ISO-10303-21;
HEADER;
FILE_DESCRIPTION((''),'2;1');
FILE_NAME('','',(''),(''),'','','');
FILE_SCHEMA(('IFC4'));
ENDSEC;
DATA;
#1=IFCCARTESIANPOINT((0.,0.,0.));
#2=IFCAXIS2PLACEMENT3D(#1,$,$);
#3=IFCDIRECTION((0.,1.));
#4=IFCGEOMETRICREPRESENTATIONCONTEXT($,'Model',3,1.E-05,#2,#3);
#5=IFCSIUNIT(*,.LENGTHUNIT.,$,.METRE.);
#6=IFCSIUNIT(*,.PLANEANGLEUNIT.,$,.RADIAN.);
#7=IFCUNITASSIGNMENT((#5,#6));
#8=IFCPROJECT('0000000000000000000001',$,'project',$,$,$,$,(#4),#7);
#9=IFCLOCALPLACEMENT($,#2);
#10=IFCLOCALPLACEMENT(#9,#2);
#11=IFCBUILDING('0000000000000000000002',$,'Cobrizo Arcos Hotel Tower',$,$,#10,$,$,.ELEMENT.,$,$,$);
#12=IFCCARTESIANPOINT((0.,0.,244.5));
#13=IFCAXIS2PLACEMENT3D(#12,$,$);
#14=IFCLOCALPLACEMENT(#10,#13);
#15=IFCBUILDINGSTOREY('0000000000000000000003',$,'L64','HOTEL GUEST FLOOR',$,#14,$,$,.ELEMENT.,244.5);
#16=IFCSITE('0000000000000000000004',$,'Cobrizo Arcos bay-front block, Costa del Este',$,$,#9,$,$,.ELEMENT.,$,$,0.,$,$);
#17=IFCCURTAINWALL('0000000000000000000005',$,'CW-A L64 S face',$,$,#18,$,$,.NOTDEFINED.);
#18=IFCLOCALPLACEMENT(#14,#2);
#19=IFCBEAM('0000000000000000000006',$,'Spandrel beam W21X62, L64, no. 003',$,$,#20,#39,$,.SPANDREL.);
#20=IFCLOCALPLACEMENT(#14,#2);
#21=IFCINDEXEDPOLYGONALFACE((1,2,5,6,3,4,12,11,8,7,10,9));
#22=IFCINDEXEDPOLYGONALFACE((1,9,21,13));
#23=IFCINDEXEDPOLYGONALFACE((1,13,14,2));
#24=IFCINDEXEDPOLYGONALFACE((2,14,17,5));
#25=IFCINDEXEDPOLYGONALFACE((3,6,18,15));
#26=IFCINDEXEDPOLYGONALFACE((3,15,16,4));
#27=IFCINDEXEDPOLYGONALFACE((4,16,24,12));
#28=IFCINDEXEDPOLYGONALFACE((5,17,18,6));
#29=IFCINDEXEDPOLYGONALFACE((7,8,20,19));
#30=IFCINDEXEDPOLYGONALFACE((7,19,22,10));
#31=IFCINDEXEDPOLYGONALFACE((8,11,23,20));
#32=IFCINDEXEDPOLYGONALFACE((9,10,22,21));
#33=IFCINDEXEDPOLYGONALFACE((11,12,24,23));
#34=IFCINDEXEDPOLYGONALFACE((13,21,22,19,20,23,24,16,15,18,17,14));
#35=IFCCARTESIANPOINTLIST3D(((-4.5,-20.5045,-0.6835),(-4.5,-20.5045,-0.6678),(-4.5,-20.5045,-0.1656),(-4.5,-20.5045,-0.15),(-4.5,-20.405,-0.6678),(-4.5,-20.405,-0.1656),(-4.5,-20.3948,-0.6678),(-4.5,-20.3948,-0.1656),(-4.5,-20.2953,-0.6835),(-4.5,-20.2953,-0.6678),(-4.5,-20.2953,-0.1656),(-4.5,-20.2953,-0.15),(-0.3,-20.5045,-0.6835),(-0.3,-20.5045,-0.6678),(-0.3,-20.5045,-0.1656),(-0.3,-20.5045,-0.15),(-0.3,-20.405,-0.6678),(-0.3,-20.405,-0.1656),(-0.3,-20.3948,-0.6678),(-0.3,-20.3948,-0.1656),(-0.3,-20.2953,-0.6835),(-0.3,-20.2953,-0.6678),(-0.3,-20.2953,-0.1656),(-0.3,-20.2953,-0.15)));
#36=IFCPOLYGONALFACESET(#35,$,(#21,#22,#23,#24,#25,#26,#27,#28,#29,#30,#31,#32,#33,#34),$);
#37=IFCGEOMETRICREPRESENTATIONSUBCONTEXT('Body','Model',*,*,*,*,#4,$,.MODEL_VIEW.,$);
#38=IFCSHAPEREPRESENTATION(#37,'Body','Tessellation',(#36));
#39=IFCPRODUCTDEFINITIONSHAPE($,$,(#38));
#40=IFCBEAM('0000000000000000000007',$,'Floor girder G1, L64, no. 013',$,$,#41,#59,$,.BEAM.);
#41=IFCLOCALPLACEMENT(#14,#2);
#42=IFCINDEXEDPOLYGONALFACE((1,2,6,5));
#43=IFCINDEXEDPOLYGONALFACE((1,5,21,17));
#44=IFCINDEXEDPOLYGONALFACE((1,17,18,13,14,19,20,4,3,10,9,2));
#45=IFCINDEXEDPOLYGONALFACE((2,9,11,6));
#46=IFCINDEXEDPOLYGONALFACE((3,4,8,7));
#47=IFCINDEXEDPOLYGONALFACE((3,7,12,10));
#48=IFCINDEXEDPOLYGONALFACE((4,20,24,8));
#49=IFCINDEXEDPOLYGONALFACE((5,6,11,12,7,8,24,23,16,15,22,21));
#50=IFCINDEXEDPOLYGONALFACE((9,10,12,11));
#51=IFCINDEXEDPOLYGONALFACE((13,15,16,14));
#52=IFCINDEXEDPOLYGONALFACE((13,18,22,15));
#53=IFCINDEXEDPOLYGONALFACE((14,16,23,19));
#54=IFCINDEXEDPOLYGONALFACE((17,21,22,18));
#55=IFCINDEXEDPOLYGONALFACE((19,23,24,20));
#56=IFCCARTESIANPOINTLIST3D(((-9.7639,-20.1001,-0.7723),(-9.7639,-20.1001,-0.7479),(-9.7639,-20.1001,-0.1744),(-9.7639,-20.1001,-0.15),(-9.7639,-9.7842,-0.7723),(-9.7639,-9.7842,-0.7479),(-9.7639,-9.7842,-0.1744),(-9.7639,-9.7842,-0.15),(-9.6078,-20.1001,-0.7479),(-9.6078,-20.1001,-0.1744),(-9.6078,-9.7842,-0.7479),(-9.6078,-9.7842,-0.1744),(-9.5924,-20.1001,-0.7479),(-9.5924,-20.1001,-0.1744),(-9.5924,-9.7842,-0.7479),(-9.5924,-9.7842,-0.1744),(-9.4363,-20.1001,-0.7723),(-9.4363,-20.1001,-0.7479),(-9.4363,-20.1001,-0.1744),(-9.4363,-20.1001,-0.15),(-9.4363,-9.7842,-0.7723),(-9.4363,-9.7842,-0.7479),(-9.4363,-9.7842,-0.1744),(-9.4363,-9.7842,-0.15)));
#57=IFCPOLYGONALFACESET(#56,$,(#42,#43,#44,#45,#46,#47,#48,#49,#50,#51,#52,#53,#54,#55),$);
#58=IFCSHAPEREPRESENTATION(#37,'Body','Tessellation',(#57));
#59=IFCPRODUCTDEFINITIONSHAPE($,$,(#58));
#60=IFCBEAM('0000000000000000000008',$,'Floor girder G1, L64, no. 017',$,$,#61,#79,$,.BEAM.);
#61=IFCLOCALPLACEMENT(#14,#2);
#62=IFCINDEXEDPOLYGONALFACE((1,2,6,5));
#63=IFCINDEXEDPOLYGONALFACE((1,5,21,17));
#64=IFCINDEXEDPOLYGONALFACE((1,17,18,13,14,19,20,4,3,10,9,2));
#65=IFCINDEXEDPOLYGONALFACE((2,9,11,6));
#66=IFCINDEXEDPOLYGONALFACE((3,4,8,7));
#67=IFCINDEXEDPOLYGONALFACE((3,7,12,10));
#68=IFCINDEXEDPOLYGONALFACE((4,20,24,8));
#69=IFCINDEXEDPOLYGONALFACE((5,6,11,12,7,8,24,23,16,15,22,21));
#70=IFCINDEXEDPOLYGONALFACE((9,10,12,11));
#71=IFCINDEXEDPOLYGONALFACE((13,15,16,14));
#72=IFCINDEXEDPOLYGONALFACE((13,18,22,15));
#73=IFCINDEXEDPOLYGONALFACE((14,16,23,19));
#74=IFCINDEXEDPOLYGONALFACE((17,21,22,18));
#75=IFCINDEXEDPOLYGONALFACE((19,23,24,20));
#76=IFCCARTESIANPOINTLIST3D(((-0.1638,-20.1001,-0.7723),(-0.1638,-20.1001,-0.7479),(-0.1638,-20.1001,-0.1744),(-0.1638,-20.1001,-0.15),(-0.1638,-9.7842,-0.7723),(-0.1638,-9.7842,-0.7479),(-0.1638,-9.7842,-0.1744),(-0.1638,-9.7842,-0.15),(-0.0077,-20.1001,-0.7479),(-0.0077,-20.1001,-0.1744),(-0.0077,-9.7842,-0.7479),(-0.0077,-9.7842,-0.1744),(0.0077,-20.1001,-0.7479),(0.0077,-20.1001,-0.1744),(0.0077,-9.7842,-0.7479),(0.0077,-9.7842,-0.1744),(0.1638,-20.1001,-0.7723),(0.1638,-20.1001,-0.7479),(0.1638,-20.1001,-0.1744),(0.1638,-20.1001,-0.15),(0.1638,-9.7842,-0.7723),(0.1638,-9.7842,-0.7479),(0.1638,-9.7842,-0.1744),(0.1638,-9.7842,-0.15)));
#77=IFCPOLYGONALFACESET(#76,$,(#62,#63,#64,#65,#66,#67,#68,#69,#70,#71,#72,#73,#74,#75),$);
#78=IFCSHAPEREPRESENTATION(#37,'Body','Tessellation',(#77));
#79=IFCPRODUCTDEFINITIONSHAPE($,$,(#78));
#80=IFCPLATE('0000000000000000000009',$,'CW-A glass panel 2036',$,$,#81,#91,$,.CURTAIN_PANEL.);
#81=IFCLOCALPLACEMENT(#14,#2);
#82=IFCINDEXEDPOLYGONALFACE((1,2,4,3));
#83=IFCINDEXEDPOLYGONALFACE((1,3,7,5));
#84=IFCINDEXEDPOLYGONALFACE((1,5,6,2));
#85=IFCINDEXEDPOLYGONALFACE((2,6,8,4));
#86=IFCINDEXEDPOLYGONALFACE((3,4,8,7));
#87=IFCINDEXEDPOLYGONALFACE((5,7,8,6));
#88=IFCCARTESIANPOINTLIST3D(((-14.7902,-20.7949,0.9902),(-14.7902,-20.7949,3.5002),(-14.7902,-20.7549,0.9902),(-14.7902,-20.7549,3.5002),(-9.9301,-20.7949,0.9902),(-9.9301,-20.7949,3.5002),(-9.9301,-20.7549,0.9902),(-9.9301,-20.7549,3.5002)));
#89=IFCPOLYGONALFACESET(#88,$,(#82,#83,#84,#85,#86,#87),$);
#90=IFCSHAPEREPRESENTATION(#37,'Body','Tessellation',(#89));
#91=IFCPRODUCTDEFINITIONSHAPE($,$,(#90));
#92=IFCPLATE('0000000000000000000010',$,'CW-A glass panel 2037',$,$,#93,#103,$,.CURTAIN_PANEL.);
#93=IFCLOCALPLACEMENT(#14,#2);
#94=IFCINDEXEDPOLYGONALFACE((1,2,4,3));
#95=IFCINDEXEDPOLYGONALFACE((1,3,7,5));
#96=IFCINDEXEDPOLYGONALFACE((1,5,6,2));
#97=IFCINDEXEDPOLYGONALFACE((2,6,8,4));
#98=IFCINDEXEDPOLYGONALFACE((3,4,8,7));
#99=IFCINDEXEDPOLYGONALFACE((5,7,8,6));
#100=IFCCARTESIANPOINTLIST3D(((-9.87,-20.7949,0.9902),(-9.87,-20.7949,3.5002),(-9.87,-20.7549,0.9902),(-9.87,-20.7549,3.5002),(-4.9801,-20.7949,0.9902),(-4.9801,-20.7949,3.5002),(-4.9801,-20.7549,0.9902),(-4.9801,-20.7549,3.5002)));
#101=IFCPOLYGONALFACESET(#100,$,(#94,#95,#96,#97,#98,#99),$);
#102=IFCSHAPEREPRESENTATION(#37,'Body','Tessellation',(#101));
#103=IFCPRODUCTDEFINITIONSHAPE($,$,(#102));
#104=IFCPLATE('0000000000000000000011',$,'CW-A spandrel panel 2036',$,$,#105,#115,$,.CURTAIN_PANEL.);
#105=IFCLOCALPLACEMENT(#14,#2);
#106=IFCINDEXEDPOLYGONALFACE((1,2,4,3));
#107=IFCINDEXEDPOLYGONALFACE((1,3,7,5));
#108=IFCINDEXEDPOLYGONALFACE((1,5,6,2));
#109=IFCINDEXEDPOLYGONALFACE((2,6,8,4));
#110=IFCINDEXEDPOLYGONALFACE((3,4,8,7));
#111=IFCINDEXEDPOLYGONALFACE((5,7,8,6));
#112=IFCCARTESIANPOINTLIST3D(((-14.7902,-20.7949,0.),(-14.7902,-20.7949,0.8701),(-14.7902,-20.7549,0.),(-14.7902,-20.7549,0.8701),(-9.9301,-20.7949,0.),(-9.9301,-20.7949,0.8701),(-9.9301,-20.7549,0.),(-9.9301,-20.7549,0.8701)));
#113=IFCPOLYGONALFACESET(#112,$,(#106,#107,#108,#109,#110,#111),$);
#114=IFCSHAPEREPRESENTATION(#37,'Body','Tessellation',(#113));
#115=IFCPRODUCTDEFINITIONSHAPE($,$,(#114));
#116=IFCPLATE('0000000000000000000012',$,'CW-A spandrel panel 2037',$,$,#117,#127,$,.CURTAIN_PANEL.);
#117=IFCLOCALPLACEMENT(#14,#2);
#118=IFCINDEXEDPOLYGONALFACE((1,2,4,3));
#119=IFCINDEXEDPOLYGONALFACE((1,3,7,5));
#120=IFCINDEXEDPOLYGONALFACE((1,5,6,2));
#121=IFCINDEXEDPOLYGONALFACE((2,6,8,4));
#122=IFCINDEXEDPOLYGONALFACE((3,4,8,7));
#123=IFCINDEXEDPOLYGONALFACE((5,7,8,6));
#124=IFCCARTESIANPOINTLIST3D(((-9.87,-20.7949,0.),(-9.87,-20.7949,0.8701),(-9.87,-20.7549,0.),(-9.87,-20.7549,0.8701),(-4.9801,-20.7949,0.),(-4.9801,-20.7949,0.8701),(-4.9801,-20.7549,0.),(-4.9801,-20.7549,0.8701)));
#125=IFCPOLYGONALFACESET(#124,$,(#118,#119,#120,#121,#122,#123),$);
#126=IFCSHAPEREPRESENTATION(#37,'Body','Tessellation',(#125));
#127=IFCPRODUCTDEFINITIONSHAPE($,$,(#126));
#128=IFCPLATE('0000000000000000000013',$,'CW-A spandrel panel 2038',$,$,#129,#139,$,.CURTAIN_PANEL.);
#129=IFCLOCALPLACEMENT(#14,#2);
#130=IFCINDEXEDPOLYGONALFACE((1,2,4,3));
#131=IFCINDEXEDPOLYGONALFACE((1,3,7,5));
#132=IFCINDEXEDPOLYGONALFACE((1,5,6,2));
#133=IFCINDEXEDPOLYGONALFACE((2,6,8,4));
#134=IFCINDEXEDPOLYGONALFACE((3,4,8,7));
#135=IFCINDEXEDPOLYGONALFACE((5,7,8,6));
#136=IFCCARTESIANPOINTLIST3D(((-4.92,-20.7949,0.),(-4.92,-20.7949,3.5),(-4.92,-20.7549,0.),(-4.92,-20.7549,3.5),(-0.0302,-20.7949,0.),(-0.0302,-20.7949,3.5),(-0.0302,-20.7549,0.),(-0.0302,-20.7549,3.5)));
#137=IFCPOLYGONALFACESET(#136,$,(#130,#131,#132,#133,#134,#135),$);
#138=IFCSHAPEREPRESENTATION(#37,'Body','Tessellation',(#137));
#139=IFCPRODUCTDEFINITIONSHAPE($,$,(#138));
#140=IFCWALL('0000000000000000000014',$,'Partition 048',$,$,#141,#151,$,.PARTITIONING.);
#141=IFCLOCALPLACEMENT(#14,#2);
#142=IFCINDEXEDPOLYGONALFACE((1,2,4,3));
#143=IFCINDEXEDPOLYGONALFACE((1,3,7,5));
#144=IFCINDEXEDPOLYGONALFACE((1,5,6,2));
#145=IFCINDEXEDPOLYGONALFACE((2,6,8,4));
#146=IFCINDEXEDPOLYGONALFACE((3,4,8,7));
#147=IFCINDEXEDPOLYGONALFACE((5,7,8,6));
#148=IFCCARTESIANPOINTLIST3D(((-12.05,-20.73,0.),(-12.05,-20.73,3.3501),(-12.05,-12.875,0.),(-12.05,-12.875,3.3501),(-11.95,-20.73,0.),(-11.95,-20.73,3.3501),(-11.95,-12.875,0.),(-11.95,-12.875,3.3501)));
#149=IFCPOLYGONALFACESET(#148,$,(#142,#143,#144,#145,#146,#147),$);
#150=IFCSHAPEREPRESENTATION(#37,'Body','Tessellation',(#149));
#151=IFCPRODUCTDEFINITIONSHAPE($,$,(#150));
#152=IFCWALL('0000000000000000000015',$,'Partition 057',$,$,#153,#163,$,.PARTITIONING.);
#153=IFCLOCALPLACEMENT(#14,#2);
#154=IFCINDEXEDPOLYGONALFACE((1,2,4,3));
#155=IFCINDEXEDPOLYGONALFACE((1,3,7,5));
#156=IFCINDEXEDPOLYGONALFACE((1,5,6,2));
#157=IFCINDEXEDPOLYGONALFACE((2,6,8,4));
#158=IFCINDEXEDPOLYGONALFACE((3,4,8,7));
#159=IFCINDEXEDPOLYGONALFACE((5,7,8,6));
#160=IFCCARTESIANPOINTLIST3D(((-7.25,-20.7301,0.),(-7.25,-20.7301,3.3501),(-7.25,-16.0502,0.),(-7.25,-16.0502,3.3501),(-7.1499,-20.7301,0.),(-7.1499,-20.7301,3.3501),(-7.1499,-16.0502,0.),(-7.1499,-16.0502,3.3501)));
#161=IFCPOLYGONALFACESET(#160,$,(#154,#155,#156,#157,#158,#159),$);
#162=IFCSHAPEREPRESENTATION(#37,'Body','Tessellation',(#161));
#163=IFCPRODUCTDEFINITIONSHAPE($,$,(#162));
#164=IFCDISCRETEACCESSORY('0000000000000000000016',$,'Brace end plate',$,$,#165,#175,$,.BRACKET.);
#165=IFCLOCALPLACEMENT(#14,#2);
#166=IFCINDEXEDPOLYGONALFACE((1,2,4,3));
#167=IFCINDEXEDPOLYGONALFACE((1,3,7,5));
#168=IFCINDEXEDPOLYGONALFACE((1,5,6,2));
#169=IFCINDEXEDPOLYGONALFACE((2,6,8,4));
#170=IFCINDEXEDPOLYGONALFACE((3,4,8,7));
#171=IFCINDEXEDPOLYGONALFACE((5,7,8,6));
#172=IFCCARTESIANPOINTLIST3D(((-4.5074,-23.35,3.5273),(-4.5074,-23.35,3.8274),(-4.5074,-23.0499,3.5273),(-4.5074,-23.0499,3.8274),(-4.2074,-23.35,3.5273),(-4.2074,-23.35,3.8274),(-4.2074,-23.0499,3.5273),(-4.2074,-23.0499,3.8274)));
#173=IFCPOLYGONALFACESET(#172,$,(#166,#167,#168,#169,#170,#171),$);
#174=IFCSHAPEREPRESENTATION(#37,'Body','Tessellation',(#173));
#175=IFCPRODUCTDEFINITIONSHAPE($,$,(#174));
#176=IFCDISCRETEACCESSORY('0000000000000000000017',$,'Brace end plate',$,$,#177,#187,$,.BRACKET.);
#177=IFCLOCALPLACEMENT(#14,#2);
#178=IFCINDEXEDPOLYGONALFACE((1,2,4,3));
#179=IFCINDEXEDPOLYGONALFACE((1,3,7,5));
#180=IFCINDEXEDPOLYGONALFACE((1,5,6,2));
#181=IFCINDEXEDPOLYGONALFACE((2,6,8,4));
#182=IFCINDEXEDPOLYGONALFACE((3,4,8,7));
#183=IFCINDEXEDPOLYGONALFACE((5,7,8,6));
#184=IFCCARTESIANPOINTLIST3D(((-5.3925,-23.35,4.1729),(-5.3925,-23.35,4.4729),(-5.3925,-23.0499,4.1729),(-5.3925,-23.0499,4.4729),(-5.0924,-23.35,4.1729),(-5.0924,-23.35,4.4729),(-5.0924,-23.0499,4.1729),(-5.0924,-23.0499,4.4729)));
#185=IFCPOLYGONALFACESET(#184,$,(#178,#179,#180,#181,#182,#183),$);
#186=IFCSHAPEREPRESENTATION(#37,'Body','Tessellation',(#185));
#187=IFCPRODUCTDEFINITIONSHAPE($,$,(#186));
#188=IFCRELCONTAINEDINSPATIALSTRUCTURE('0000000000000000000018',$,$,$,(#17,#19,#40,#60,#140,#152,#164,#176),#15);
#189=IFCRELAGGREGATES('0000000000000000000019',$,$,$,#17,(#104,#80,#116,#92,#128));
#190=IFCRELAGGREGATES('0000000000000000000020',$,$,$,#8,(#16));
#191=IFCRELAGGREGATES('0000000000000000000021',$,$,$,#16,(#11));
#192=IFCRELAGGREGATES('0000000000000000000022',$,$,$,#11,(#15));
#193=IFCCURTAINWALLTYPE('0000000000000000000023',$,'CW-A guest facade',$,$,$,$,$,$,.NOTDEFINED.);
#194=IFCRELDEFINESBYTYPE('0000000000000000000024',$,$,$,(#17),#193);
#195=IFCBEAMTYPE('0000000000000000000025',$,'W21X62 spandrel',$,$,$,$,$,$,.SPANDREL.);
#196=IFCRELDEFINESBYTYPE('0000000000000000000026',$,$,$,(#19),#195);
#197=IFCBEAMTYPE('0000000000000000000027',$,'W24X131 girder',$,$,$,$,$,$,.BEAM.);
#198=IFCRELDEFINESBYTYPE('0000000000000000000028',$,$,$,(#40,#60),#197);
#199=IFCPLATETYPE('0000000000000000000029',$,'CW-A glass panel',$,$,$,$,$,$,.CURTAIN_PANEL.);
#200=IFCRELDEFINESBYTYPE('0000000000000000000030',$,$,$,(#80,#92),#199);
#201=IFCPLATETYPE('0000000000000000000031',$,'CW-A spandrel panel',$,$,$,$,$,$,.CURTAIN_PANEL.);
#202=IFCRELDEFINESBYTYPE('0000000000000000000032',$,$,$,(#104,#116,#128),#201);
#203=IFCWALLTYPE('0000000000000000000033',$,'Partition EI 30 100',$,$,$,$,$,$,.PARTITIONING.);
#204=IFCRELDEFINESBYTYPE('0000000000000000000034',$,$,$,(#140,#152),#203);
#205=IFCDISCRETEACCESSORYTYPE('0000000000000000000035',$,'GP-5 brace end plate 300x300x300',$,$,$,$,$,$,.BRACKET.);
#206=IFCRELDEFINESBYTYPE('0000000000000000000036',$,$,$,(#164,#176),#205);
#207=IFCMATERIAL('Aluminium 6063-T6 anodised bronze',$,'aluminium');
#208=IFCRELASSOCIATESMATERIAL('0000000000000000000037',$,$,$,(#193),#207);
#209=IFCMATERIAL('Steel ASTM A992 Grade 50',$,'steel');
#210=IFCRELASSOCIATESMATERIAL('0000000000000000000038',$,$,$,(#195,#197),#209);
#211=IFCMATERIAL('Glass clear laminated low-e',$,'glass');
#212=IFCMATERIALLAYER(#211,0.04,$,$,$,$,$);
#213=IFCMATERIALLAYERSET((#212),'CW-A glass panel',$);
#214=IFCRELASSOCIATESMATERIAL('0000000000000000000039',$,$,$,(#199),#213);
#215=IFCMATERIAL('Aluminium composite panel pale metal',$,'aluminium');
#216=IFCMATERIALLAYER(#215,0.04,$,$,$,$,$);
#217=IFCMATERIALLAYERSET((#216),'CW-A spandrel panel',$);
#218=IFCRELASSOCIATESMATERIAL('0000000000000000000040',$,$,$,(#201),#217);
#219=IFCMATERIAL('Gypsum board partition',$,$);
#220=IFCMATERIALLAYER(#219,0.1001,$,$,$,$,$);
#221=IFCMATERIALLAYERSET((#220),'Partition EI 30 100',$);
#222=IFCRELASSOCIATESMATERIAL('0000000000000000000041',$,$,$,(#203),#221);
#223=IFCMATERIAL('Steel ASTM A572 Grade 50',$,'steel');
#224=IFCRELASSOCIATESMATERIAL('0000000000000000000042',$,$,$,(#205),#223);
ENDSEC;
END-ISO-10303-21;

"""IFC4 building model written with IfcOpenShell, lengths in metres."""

from ifc_helpers import new_model, si_unit, direction, frame, frame_2d, origin, origin_2d, place, context, subcontext, project, spatial, rectangle, i_section, extrude, material, layer, layer_set, material_profile, profile_set, type_object, element, aggregate, save


model = new_model("IFC4")

# Units and contexts
model_context = context("Model", 3, precision=1e-05, world=origin(), true_north=direction((0.0, 1.0)))
body_context = subcontext(model_context, "Body", "Model", "MODEL_VIEW")
ifc_project = project(units=[si_unit("LENGTHUNIT", "METRE"), si_unit("PLANEANGLEUNIT", "RADIAN")], contexts=[model_context])

# Site, building, storey
site_placement = place(None, origin())
site = spatial("IfcSite", under=ifc_project, at=site_placement, Name="Cobrizo Arcos bay-front block, Costa del Este", CompositionType="ELEMENT", RefElevation=0.0)
building_placement = place(site_placement, origin())
building = spatial("IfcBuilding", under=site, at=building_placement, Name="Cobrizo Arcos Hotel Tower", CompositionType="ELEMENT")
storey_placement = place(building_placement, frame((0.0, 0.0, 244.5)))
storey = spatial("IfcBuildingStorey", under=building, at=storey_placement, Name="L64", Description="HOTEL GUEST FLOOR", CompositionType="ELEMENT", Elevation=244.5)

# Shared definitions
ifc_material_1 = material(Name="Steel ASTM A572 Grade 50", Category="steel")

# Curtain wall
ifc_material_2 = material(Name="Aluminium 6063-T6 anodised bronze", Category="aluminium")
curtain_wall_type = type_object("IfcCurtainWallType", Name="CW-A guest facade", PredefinedType="NOTDEFINED", material=ifc_material_2)
curtain_wall_placement = place(storey_placement, origin())
curtain_wall = element("IfcCurtainWall", 1, at=curtain_wall_placement, inside=storey, type_object=curtain_wall_type, Name="CW-A L64 S face", PredefinedType="NOTDEFINED")

# Beams
ifc_material_3 = material(Name="Steel ASTM A992 Grade 50", Category="steel")
ifc_material_profile_1 = material_profile(ifc_material_3, i_section(OverallWidth=0.2092, OverallDepth=0.5334, WebThickness=0.0103, FlangeThickness=0.0156, at=origin_2d()), Name="W21X62")
ifc_profile_set_1 = profile_set([ifc_material_profile_1], Name="Steel ASTM A992 Grade 50")
beam_type_1 = type_object("IfcBeamType", Name="W21X62 spandrel", PredefinedType="SPANDREL", material=ifc_profile_set_1)
for number, where, z_axis, x_axis, name in (
    (2, (-4.5, -20.3999, -0.4167), (1.0, 0.0, 0.0), (0.0, 1.0, 0.0), "Spandrel beam W21X62, L64, no. 003"),
):
    element("IfcBeam", number, at=place(storey_placement, frame(where, z_axis=z_axis, x_axis=x_axis)), inside=storey, type_object=beam_type_1, Name=name, PredefinedType="SPANDREL", context=body_context, shape_type="SweptSolid", body=[
        extrude(i_section(OverallWidth=0.2092, OverallDepth=0.5334, WebThickness=0.0103, FlangeThickness=0.0156, at=origin_2d()), origin(), (0.0, 0.0, 1.0), 4.2),
    ])
ifc_material_profile_2 = material_profile(ifc_material_3, i_section(OverallWidth=0.3276, OverallDepth=0.6223, WebThickness=0.0154, FlangeThickness=0.0244, at=origin_2d()), Name="W24X131")
ifc_profile_set_2 = profile_set([ifc_material_profile_2], Name="Steel ASTM A992 Grade 50")
beam_type_2 = type_object("IfcBeamType", Name="W24X131 girder", PredefinedType="BEAM", material=ifc_profile_set_2)
for number, where, z_axis, x_axis, name in (
    (3, (-9.6001, -20.1001, -0.4612), (0.0, 1.0, 0.0), (-1.0, 0.0, 0.0), "Floor girder G1, L64, no. 013"),
    (4, (0.0, -20.1001, -0.4612), (0.0, 1.0, 0.0), (-1.0, 0.0, 0.0), "Floor girder G1, L64, no. 017"),
):
    element("IfcBeam", number, at=place(storey_placement, frame(where, z_axis=z_axis, x_axis=x_axis)), inside=storey, type_object=beam_type_2, Name=name, PredefinedType="BEAM", context=body_context, shape_type="SweptSolid", body=[
        extrude(i_section(OverallWidth=0.3276, OverallDepth=0.6223, WebThickness=0.0154, FlangeThickness=0.0244, at=origin_2d()), origin(), (0.0, 0.0, 1.0), 10.3159),
    ])

# Plates
ifc_material_4 = material(Name="Glass clear laminated low-e", Category="glass")
ifc_layer_1 = layer(ifc_material_4, 0.04)
ifc_layer_set_1 = layer_set([ifc_layer_1], Name="CW-A glass panel")
plate_type_1 = type_object("IfcPlateType", Name="CW-A glass panel", PredefinedType="CURTAIN_PANEL", material=ifc_layer_set_1)
plate_1_placement = place(storey_placement, frame((-12.3601, -20.7749, 0.9902), z_axis=(0.0, 0.0, 1.0), x_axis=(1.0, 0.0, 0.0)))
plate_1 = element("IfcPlate", 5, at=plate_1_placement, type_object=plate_type_1, Name="CW-A glass panel 2036", PredefinedType="CURTAIN_PANEL", context=body_context, shape_type="SweptSolid", body=[
    extrude(rectangle(XDim=4.8601, YDim=0.04, at=origin_2d()), origin(), (0.0, 0.0, 1.0), 2.51),
])
plate_2_placement = place(storey_placement, frame((-7.425, -20.7749, 0.9902), z_axis=(0.0, 0.0, 1.0), x_axis=(1.0, 0.0, 0.0)))
plate_2 = element("IfcPlate", 6, at=plate_2_placement, type_object=plate_type_1, Name="CW-A glass panel 2037", PredefinedType="CURTAIN_PANEL", context=body_context, shape_type="SweptSolid", body=[
    extrude(rectangle(XDim=4.8899, YDim=0.04, at=origin_2d()), origin(), (0.0, 0.0, 1.0), 2.51),
])
ifc_material_5 = material(Name="Aluminium composite panel pale metal", Category="aluminium")
ifc_layer_2 = layer(ifc_material_5, 0.04)
ifc_layer_set_2 = layer_set([ifc_layer_2], Name="CW-A spandrel panel")
plate_type_2 = type_object("IfcPlateType", Name="CW-A spandrel panel", PredefinedType="CURTAIN_PANEL", material=ifc_layer_set_2)
plate_3_placement = place(storey_placement, frame((-12.3601, -20.7749, 0.0), z_axis=(0.0, 0.0, 1.0), x_axis=(1.0, 0.0, 0.0)))
plate_3 = element("IfcPlate", 7, at=plate_3_placement, type_object=plate_type_2, Name="CW-A spandrel panel 2036", PredefinedType="CURTAIN_PANEL", context=body_context, shape_type="SweptSolid", body=[
    extrude(rectangle(XDim=4.8601, YDim=0.04, at=origin_2d()), origin(), (0.0, 0.0, 1.0), 0.8701),
])
plate_4_placement = place(storey_placement, frame((-7.425, -20.7749, 0.0), z_axis=(0.0, 0.0, 1.0), x_axis=(1.0, 0.0, 0.0)))
plate_4 = element("IfcPlate", 8, at=plate_4_placement, type_object=plate_type_2, Name="CW-A spandrel panel 2037", PredefinedType="CURTAIN_PANEL", context=body_context, shape_type="SweptSolid", body=[
    extrude(rectangle(XDim=4.8899, YDim=0.04, at=origin_2d()), origin(), (0.0, 0.0, 1.0), 0.8701),
])
plate_5_placement = place(storey_placement, frame((-2.4751, -20.7749, 0.0), z_axis=(0.0, 0.0, 1.0), x_axis=(1.0, 0.0, 0.0)))
plate_5 = element("IfcPlate", 9, at=plate_5_placement, type_object=plate_type_2, Name="CW-A spandrel panel 2038", PredefinedType="CURTAIN_PANEL", context=body_context, shape_type="SweptSolid", body=[
    extrude(rectangle(XDim=4.8899, YDim=0.04, at=origin_2d()), origin(), (0.0, 0.0, 1.0), 3.5),
])
aggregate(curtain_wall, [plate_3, plate_1, plate_4, plate_2, plate_5])

# Walls
ifc_material_6 = material(Name="Gypsum board partition")
ifc_layer_3 = layer(ifc_material_6, 0.1001)
ifc_layer_set_3 = layer_set([ifc_layer_3], Name="Partition EI 30 100")
wall_type = type_object("IfcWallType", Name="Partition EI 30 100", PredefinedType="PARTITIONING", material=ifc_layer_set_3)
wall_1_placement = place(storey_placement, frame((-12.0, -20.73, 0.0), z_axis=(0.0, 0.0, 1.0), x_axis=(0.0, 1.0, 0.0)))
element("IfcWall", 10, at=wall_1_placement, inside=storey, type_object=wall_type, Name="Partition 048", PredefinedType="PARTITIONING", context=body_context, shape_type="SweptSolid", body=[
    extrude(rectangle(XDim=7.855, YDim=0.1001, at=frame_2d((3.9275, 0.0))), origin(), (0.0, 0.0, 1.0), 3.3501),
])
wall_2_placement = place(storey_placement, frame((-7.2, -20.73, 0.0), z_axis=(0.0, 0.0, 1.0), x_axis=(0.0, 1.0, 0.0)))
element("IfcWall", 11, at=wall_2_placement, inside=storey, type_object=wall_type, Name="Partition 057", PredefinedType="PARTITIONING", context=body_context, shape_type="SweptSolid", body=[
    extrude(rectangle(XDim=4.6799, YDim=0.1001, at=frame_2d((2.3398, 0.0))), origin(), (0.0, 0.0, 1.0), 3.3501),
])

# Discrete accessories
discrete_accessory_type = type_object("IfcDiscreteAccessoryType", Name="GP-5 brace end plate 300x300x300", PredefinedType="BRACKET", material=ifc_material_1)
for number, where, z_axis, x_axis, name in (
    (12, (-4.3574, -23.2, 3.5273), (0.0, 0.0, 1.0), (1.0, 0.0, 0.0), "Brace end plate"),
    (13, (-5.2424, -23.2, 4.1729), (0.0, 0.0, 1.0), (1.0, 0.0, 0.0), "Brace end plate"),
):
    element("IfcDiscreteAccessory", number, at=place(storey_placement, frame(where, z_axis=z_axis, x_axis=x_axis)), inside=storey, type_object=discrete_accessory_type, Name=name, PredefinedType="BRACKET", context=body_context, shape_type="SweptSolid", body=[
        extrude(rectangle(XDim=0.3, YDim=0.3, at=origin_2d()), origin(), (0.0, 0.0, 1.0), 0.3),
    ])

save(model, "model.ifc")
